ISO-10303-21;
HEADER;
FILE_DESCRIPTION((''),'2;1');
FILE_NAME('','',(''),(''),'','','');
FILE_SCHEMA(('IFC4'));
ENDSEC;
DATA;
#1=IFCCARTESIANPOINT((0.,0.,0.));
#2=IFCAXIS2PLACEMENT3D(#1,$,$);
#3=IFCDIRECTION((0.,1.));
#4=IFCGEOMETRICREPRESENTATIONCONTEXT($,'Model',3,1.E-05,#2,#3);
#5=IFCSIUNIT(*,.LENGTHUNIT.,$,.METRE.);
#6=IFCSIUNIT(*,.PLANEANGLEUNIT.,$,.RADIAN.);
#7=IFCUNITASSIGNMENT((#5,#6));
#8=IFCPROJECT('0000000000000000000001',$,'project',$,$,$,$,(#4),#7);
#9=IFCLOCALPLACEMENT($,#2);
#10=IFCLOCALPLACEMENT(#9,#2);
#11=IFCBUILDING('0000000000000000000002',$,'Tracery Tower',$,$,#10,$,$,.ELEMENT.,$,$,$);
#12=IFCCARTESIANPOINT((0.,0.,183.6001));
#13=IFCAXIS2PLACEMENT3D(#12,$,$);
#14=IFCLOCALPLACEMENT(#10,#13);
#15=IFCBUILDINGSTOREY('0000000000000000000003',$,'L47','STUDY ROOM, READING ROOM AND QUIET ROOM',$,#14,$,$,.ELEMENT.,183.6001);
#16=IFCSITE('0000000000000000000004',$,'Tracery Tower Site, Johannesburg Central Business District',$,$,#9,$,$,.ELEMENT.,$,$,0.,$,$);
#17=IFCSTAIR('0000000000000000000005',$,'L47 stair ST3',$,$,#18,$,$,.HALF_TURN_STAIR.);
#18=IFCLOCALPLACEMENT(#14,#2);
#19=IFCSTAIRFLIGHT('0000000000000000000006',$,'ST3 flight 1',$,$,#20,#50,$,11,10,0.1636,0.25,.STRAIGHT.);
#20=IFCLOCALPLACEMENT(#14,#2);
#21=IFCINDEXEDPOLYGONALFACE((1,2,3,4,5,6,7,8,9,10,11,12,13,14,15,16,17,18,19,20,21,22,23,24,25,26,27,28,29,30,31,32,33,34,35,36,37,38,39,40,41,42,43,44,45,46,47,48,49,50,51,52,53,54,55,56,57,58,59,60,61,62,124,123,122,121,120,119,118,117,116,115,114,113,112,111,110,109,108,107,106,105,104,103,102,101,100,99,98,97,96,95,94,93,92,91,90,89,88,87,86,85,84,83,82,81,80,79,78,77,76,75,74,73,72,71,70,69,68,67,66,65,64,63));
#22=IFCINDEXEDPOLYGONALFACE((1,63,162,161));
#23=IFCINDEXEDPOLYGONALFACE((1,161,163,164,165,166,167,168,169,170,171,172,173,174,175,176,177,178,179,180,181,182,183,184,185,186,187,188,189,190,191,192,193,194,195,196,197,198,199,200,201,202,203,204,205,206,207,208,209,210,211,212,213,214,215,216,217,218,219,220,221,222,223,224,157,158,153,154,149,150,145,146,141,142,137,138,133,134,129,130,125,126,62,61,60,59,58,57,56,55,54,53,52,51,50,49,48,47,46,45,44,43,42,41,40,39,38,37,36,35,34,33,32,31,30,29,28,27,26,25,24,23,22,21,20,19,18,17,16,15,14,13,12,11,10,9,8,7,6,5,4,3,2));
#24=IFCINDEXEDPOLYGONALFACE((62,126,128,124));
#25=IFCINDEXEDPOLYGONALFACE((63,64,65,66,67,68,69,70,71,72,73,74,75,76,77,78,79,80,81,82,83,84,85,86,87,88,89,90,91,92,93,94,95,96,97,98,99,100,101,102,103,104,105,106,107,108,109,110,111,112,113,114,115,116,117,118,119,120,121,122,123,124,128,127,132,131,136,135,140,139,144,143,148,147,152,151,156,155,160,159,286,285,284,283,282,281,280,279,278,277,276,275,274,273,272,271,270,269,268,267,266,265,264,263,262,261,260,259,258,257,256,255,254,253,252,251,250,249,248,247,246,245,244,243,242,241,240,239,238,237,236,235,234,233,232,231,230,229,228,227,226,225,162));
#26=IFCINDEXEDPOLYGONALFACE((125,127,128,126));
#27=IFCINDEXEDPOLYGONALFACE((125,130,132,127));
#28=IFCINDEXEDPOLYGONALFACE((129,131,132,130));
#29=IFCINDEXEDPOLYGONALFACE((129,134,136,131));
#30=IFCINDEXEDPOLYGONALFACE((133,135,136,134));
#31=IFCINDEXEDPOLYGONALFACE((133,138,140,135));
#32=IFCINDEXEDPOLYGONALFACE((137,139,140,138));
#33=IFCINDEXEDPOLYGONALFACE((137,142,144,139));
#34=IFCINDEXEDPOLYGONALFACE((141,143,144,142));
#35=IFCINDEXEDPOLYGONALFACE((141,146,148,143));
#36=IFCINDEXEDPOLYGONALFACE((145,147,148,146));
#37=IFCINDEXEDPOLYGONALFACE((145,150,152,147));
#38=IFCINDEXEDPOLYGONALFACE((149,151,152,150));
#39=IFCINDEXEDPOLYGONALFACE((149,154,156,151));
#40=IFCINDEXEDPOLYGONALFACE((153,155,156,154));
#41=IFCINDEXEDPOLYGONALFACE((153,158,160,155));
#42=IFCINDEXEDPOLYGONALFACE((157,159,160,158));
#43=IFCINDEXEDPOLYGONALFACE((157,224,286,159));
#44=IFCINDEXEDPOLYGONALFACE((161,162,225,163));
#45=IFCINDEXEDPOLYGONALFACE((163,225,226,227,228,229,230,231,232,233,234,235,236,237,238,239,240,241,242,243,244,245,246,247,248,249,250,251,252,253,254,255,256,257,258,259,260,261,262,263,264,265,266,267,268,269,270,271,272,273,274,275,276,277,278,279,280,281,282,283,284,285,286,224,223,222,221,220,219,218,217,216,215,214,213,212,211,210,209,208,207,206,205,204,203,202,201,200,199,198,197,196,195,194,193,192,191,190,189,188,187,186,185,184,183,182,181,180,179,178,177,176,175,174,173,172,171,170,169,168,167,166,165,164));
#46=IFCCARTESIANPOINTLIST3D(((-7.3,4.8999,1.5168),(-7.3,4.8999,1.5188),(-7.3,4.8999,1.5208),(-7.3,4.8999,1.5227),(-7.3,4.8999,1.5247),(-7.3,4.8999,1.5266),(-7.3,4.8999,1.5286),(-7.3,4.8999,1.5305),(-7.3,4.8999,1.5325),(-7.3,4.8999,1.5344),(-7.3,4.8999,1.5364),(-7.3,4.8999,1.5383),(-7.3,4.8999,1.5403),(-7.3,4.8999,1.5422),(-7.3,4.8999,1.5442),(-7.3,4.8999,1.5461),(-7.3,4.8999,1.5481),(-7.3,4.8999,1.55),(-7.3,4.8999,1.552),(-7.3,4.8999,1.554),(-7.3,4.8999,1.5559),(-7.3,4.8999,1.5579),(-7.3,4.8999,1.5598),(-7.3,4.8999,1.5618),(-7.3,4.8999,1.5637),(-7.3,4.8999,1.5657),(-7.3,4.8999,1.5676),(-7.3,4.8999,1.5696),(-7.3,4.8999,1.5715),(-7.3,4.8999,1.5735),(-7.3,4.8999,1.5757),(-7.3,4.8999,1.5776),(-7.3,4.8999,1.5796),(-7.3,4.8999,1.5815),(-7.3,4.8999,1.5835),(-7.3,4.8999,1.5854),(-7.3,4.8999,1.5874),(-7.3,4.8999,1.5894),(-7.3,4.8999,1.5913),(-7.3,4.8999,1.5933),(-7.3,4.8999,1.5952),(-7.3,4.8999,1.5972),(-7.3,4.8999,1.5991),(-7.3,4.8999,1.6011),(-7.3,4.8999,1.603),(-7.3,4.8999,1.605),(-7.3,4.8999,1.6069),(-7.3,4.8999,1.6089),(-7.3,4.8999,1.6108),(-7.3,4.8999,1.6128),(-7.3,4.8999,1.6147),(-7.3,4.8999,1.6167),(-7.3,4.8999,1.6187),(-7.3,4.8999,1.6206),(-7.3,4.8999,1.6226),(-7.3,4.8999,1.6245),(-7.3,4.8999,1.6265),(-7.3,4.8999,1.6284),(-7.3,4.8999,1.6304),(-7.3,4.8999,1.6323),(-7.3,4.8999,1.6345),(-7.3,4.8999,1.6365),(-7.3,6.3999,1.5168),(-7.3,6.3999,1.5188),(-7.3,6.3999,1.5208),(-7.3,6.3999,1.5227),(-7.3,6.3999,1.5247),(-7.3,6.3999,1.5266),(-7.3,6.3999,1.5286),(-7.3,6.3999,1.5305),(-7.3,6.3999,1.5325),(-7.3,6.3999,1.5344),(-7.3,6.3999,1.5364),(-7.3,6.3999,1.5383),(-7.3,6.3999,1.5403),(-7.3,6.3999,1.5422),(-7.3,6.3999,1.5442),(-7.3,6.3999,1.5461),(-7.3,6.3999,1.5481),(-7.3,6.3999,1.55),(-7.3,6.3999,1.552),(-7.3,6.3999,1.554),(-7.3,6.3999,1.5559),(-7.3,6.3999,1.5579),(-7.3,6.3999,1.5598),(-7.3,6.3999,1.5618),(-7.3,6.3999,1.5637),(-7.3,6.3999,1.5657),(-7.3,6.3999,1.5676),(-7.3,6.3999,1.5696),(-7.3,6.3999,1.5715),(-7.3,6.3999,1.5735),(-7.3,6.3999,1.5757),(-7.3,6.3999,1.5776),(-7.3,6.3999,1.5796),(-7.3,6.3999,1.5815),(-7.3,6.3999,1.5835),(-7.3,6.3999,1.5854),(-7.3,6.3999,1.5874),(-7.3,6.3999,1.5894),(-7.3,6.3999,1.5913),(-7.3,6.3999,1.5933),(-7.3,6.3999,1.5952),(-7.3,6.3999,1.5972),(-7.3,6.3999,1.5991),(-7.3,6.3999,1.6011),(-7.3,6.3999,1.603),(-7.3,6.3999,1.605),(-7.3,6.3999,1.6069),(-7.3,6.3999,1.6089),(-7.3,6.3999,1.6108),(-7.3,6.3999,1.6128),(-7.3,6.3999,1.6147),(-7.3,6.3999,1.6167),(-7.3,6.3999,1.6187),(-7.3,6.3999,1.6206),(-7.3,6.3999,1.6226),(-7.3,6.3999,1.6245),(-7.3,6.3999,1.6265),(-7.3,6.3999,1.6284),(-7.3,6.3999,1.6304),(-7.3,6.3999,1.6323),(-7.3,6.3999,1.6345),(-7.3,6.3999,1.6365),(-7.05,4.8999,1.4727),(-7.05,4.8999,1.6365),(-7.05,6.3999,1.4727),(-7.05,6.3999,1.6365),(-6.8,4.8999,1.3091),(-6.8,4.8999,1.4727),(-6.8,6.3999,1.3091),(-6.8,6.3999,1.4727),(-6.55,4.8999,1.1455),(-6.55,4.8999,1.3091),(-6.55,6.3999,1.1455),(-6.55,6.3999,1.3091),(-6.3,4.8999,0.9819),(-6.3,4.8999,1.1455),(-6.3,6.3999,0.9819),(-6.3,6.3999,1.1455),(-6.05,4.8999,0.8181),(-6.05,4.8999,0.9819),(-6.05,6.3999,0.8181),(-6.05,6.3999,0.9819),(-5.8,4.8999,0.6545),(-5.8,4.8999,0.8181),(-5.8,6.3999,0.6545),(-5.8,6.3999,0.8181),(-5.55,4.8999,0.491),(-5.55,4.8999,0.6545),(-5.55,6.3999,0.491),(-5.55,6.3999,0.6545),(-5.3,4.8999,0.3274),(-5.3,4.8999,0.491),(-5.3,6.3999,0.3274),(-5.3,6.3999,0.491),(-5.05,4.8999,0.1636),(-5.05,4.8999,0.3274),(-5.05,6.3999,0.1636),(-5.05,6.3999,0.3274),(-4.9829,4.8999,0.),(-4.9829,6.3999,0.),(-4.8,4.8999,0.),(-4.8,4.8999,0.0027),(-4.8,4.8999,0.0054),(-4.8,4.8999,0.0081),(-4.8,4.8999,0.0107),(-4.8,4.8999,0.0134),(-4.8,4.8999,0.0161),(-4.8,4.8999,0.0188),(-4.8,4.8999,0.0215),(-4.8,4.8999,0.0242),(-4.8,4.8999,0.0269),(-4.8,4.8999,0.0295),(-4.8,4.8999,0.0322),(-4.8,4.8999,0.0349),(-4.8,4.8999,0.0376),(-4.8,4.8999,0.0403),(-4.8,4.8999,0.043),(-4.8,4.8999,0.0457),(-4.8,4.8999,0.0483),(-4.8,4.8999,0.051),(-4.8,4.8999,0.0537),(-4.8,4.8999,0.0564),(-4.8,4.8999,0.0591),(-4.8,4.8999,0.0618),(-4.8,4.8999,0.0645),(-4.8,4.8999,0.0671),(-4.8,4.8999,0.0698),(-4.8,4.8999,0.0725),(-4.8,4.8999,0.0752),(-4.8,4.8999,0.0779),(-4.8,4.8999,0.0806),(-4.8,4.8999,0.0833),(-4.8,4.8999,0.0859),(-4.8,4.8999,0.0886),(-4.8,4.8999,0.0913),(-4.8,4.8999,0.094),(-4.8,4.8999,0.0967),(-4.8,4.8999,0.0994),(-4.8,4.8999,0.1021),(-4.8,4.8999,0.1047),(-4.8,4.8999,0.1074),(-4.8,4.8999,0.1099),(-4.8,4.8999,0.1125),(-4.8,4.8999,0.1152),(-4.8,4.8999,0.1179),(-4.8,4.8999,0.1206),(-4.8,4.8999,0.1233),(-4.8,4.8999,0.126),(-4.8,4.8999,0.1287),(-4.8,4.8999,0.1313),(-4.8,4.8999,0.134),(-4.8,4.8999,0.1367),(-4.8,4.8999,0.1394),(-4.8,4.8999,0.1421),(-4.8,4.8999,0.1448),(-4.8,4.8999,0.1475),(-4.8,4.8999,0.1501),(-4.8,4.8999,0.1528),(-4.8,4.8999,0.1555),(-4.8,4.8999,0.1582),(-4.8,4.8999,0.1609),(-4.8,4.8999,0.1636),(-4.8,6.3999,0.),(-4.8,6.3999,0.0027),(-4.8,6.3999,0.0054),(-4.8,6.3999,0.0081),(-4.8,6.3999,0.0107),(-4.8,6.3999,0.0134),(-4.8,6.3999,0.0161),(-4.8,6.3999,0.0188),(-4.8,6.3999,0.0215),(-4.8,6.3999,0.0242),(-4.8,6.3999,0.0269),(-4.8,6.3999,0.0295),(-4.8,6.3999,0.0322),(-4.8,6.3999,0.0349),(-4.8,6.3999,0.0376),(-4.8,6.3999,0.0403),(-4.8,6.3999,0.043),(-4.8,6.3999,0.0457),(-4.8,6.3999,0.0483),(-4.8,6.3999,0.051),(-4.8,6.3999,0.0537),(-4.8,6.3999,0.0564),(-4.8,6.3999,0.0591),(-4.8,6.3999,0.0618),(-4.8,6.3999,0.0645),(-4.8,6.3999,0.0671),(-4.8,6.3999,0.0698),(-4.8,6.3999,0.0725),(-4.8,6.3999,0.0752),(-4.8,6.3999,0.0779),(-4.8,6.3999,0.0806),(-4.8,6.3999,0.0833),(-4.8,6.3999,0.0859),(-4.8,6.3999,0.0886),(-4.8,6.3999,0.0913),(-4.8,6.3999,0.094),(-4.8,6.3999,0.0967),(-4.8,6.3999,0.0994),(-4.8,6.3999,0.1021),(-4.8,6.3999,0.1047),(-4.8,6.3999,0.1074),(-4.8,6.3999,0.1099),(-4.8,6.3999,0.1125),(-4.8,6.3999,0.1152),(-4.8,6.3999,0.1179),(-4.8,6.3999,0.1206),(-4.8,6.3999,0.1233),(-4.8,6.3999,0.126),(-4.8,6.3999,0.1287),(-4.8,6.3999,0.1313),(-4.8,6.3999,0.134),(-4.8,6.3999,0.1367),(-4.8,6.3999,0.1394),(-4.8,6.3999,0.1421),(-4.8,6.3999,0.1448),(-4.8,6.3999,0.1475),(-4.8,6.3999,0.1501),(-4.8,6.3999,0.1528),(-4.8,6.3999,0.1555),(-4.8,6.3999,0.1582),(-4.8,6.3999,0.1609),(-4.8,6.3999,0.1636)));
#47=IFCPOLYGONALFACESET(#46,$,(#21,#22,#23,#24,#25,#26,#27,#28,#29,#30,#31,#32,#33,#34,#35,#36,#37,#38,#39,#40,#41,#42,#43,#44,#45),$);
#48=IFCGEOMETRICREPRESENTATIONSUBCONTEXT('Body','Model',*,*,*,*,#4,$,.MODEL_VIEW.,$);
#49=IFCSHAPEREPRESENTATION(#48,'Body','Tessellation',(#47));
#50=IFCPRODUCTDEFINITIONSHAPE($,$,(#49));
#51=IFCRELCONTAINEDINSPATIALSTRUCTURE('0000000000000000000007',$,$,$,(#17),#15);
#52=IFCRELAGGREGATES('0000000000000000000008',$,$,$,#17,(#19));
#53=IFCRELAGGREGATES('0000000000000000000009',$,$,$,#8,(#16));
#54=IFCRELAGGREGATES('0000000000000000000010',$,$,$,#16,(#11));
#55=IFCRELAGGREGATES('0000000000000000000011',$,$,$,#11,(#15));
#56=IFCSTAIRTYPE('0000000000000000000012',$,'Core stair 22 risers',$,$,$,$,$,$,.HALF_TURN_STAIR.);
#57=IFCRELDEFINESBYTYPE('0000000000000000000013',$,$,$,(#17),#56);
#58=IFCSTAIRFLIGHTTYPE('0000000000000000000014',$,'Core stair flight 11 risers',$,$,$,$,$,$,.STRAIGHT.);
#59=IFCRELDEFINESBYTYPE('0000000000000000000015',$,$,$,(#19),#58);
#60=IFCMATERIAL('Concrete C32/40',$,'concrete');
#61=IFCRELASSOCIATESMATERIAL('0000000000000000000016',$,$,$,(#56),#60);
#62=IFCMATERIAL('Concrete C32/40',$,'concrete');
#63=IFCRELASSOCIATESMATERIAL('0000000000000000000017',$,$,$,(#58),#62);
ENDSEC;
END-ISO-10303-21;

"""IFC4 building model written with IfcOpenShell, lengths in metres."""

from ifc_helpers import new_model, si_unit, direction, frame, origin, place, context, subcontext, project, spatial, polyline, outline, extrude, material, type_object, element, aggregate, save


model = new_model("IFC4")

# Units and contexts
model_context = context("Model", 3, precision=1e-05, world=origin(), true_north=direction((0.0, 1.0)))
body_context = subcontext(model_context, "Body", "Model", "MODEL_VIEW")
ifc_project = project(units=[si_unit("LENGTHUNIT", "METRE"), si_unit("PLANEANGLEUNIT", "RADIAN")], contexts=[model_context])

# Site, building, storey
site_placement = place(None, origin())
site = spatial("IfcSite", under=ifc_project, at=site_placement, Name="Tracery Tower Site, Johannesburg Central Business District", CompositionType="ELEMENT", RefElevation=0.0)
building_placement = place(site_placement, origin())
building = spatial("IfcBuilding", under=site, at=building_placement, Name="Tracery Tower", CompositionType="ELEMENT")
storey_placement = place(building_placement, frame((0.0, 0.0, 183.6001)))
storey = spatial("IfcBuildingStorey", under=building, at=storey_placement, Name="L47", Description="STUDY ROOM, READING ROOM AND QUIET ROOM", CompositionType="ELEMENT", Elevation=183.6001)

# Stair, stair flight
ifc_material_1 = material(Name="Concrete C32/40", Category="concrete")
stair_type = type_object("IfcStairType", Name="Core stair 22 risers", PredefinedType="HALF_TURN_STAIR", material=ifc_material_1)
stair_placement = place(storey_placement, origin())
stair = element("IfcStair", 1, at=stair_placement, inside=storey, type_object=stair_type, Name="L47 stair ST3", PredefinedType="HALF_TURN_STAIR")
ifc_material_2 = material(Name="Concrete C32/40", Category="concrete")
stair_flight_type = type_object("IfcStairFlightType", Name="Core stair flight 11 risers", PredefinedType="STRAIGHT", material=ifc_material_2)
stair_flight_1_placement = place(storey_placement, frame((-4.8, 5.6499, 0.0), z_axis=(0.0, 0.0, 1.0), x_axis=(-1.0, 0.0, 0.0)))
stair_flight_1 = element("IfcStairFlight", 2, at=stair_flight_1_placement, type_object=stair_flight_type, Name="ST3 flight 1", NumberOfRisers=11, NumberOfTreads=10, PredefinedType="STRAIGHT", RiserHeight=0.1636, TreadLength=0.25, context=body_context, shape_type="SweptSolid", body=[
    extrude(outline(polyline([(0.0, 0.0), (0.0, 0.0027), (0.0, 0.0054), (0.0, 0.0081), (0.0, 0.0107), (0.0, 0.0134), (0.0, 0.0161), (0.0, 0.0188), (0.0, 0.0215), (0.0, 0.0242), (0.0, 0.0269), (0.0, 0.0295), (0.0, 0.0322), (0.0, 0.0349), (0.0, 0.0376), (0.0, 0.0403), (0.0, 0.043), (0.0, 0.0457), (0.0, 0.0483), (0.0, 0.051), (0.0, 0.0537), (0.0, 0.0564), (0.0, 0.0591), (0.0, 0.0618), (0.0, 0.0645), (0.0, 0.0671), (0.0, 0.0698), (0.0, 0.0725), (0.0, 0.0752), (0.0, 0.0779), (0.0, 0.0806), (0.0, 0.0833), (0.0, 0.0859), (0.0, 0.0886), (0.0, 0.0913), (0.0, 0.094), (0.0, 0.0967), (0.0, 0.0994), (0.0, 0.1021), (0.0, 0.1047), (0.0, 0.1074), (0.0, 0.1099), (0.0, 0.1125), (0.0, 0.1152), (0.0, 0.1179), (0.0, 0.1206), (0.0, 0.1233), (0.0, 0.126), (0.0, 0.1287), (0.0, 0.1313), (0.0, 0.134), (0.0, 0.1367), (0.0, 0.1394), (0.0, 0.1421), (0.0, 0.1448), (0.0, 0.1475), (0.0, 0.1501), (0.0, 0.1528), (0.0, 0.1555), (0.0, 0.1582), (0.0, 0.1609), (0.0, 0.1636), (0.25, 0.1636), (0.25, 0.3274), (0.5, 0.3274), (0.5, 0.491), (0.75, 0.491), (0.75, 0.6545), (1.0, 0.6545), (1.0, 0.8181), (1.25, 0.8181), (1.25, 0.9819), (1.5, 0.9819), (1.5, 1.1455), (1.75, 1.1455), (1.75, 1.3091), (2.0, 1.3091), (2.0, 1.4727), (2.25, 1.4727), (2.25, 1.6365), (2.5, 1.6365), (2.5, 1.6345), (2.5, 1.6323), (2.5, 1.6304), (2.5, 1.6284), (2.5, 1.6265), (2.5, 1.6245), (2.5, 1.6226), (2.5, 1.6206), (2.5, 1.6187), (2.5, 1.6167), (2.5, 1.6147), (2.5, 1.6128), (2.5, 1.6108), (2.5, 1.6089), (2.5, 1.6069), (2.5, 1.605), (2.5, 1.603), (2.5, 1.6011), (2.5, 1.5991), (2.5, 1.5972), (2.5, 1.5952), (2.5, 1.5933), (2.5, 1.5913), (2.5, 1.5894), (2.5, 1.5874), (2.5, 1.5854), (2.5, 1.5835), (2.5, 1.5815), (2.5, 1.5796), (2.5, 1.5776), (2.5, 1.5757), (2.5, 1.5735), (2.5, 1.5715), (2.5, 1.5696), (2.5, 1.5676), (2.5, 1.5657), (2.5, 1.5637), (2.5, 1.5618), (2.5, 1.5598), (2.5, 1.5579), (2.5, 1.5559), (2.5, 1.554), (2.5, 1.552), (2.5, 1.55), (2.5, 1.5481), (2.5, 1.5461), (2.5, 1.5442), (2.5, 1.5422), (2.5, 1.5403), (2.5, 1.5383), (2.5, 1.5364), (2.5, 1.5344), (2.5, 1.5325), (2.5, 1.5305), (2.5, 1.5286), (2.5, 1.5266), (2.5, 1.5247), (2.5, 1.5227), (2.5, 1.5208), (2.5, 1.5188), (2.5, 1.5168), (0.1829, 0.0), (0.0, 0.0)])), frame((0.0, 0.75, 0.0), z_axis=(0.0, -1.0, 0.0), x_axis=(1.0, 0.0, 0.0)), (0.0, 0.0, 1.0), 1.5),
])
aggregate(stair, [stair_flight_1])

save(model, "model.ifc")
